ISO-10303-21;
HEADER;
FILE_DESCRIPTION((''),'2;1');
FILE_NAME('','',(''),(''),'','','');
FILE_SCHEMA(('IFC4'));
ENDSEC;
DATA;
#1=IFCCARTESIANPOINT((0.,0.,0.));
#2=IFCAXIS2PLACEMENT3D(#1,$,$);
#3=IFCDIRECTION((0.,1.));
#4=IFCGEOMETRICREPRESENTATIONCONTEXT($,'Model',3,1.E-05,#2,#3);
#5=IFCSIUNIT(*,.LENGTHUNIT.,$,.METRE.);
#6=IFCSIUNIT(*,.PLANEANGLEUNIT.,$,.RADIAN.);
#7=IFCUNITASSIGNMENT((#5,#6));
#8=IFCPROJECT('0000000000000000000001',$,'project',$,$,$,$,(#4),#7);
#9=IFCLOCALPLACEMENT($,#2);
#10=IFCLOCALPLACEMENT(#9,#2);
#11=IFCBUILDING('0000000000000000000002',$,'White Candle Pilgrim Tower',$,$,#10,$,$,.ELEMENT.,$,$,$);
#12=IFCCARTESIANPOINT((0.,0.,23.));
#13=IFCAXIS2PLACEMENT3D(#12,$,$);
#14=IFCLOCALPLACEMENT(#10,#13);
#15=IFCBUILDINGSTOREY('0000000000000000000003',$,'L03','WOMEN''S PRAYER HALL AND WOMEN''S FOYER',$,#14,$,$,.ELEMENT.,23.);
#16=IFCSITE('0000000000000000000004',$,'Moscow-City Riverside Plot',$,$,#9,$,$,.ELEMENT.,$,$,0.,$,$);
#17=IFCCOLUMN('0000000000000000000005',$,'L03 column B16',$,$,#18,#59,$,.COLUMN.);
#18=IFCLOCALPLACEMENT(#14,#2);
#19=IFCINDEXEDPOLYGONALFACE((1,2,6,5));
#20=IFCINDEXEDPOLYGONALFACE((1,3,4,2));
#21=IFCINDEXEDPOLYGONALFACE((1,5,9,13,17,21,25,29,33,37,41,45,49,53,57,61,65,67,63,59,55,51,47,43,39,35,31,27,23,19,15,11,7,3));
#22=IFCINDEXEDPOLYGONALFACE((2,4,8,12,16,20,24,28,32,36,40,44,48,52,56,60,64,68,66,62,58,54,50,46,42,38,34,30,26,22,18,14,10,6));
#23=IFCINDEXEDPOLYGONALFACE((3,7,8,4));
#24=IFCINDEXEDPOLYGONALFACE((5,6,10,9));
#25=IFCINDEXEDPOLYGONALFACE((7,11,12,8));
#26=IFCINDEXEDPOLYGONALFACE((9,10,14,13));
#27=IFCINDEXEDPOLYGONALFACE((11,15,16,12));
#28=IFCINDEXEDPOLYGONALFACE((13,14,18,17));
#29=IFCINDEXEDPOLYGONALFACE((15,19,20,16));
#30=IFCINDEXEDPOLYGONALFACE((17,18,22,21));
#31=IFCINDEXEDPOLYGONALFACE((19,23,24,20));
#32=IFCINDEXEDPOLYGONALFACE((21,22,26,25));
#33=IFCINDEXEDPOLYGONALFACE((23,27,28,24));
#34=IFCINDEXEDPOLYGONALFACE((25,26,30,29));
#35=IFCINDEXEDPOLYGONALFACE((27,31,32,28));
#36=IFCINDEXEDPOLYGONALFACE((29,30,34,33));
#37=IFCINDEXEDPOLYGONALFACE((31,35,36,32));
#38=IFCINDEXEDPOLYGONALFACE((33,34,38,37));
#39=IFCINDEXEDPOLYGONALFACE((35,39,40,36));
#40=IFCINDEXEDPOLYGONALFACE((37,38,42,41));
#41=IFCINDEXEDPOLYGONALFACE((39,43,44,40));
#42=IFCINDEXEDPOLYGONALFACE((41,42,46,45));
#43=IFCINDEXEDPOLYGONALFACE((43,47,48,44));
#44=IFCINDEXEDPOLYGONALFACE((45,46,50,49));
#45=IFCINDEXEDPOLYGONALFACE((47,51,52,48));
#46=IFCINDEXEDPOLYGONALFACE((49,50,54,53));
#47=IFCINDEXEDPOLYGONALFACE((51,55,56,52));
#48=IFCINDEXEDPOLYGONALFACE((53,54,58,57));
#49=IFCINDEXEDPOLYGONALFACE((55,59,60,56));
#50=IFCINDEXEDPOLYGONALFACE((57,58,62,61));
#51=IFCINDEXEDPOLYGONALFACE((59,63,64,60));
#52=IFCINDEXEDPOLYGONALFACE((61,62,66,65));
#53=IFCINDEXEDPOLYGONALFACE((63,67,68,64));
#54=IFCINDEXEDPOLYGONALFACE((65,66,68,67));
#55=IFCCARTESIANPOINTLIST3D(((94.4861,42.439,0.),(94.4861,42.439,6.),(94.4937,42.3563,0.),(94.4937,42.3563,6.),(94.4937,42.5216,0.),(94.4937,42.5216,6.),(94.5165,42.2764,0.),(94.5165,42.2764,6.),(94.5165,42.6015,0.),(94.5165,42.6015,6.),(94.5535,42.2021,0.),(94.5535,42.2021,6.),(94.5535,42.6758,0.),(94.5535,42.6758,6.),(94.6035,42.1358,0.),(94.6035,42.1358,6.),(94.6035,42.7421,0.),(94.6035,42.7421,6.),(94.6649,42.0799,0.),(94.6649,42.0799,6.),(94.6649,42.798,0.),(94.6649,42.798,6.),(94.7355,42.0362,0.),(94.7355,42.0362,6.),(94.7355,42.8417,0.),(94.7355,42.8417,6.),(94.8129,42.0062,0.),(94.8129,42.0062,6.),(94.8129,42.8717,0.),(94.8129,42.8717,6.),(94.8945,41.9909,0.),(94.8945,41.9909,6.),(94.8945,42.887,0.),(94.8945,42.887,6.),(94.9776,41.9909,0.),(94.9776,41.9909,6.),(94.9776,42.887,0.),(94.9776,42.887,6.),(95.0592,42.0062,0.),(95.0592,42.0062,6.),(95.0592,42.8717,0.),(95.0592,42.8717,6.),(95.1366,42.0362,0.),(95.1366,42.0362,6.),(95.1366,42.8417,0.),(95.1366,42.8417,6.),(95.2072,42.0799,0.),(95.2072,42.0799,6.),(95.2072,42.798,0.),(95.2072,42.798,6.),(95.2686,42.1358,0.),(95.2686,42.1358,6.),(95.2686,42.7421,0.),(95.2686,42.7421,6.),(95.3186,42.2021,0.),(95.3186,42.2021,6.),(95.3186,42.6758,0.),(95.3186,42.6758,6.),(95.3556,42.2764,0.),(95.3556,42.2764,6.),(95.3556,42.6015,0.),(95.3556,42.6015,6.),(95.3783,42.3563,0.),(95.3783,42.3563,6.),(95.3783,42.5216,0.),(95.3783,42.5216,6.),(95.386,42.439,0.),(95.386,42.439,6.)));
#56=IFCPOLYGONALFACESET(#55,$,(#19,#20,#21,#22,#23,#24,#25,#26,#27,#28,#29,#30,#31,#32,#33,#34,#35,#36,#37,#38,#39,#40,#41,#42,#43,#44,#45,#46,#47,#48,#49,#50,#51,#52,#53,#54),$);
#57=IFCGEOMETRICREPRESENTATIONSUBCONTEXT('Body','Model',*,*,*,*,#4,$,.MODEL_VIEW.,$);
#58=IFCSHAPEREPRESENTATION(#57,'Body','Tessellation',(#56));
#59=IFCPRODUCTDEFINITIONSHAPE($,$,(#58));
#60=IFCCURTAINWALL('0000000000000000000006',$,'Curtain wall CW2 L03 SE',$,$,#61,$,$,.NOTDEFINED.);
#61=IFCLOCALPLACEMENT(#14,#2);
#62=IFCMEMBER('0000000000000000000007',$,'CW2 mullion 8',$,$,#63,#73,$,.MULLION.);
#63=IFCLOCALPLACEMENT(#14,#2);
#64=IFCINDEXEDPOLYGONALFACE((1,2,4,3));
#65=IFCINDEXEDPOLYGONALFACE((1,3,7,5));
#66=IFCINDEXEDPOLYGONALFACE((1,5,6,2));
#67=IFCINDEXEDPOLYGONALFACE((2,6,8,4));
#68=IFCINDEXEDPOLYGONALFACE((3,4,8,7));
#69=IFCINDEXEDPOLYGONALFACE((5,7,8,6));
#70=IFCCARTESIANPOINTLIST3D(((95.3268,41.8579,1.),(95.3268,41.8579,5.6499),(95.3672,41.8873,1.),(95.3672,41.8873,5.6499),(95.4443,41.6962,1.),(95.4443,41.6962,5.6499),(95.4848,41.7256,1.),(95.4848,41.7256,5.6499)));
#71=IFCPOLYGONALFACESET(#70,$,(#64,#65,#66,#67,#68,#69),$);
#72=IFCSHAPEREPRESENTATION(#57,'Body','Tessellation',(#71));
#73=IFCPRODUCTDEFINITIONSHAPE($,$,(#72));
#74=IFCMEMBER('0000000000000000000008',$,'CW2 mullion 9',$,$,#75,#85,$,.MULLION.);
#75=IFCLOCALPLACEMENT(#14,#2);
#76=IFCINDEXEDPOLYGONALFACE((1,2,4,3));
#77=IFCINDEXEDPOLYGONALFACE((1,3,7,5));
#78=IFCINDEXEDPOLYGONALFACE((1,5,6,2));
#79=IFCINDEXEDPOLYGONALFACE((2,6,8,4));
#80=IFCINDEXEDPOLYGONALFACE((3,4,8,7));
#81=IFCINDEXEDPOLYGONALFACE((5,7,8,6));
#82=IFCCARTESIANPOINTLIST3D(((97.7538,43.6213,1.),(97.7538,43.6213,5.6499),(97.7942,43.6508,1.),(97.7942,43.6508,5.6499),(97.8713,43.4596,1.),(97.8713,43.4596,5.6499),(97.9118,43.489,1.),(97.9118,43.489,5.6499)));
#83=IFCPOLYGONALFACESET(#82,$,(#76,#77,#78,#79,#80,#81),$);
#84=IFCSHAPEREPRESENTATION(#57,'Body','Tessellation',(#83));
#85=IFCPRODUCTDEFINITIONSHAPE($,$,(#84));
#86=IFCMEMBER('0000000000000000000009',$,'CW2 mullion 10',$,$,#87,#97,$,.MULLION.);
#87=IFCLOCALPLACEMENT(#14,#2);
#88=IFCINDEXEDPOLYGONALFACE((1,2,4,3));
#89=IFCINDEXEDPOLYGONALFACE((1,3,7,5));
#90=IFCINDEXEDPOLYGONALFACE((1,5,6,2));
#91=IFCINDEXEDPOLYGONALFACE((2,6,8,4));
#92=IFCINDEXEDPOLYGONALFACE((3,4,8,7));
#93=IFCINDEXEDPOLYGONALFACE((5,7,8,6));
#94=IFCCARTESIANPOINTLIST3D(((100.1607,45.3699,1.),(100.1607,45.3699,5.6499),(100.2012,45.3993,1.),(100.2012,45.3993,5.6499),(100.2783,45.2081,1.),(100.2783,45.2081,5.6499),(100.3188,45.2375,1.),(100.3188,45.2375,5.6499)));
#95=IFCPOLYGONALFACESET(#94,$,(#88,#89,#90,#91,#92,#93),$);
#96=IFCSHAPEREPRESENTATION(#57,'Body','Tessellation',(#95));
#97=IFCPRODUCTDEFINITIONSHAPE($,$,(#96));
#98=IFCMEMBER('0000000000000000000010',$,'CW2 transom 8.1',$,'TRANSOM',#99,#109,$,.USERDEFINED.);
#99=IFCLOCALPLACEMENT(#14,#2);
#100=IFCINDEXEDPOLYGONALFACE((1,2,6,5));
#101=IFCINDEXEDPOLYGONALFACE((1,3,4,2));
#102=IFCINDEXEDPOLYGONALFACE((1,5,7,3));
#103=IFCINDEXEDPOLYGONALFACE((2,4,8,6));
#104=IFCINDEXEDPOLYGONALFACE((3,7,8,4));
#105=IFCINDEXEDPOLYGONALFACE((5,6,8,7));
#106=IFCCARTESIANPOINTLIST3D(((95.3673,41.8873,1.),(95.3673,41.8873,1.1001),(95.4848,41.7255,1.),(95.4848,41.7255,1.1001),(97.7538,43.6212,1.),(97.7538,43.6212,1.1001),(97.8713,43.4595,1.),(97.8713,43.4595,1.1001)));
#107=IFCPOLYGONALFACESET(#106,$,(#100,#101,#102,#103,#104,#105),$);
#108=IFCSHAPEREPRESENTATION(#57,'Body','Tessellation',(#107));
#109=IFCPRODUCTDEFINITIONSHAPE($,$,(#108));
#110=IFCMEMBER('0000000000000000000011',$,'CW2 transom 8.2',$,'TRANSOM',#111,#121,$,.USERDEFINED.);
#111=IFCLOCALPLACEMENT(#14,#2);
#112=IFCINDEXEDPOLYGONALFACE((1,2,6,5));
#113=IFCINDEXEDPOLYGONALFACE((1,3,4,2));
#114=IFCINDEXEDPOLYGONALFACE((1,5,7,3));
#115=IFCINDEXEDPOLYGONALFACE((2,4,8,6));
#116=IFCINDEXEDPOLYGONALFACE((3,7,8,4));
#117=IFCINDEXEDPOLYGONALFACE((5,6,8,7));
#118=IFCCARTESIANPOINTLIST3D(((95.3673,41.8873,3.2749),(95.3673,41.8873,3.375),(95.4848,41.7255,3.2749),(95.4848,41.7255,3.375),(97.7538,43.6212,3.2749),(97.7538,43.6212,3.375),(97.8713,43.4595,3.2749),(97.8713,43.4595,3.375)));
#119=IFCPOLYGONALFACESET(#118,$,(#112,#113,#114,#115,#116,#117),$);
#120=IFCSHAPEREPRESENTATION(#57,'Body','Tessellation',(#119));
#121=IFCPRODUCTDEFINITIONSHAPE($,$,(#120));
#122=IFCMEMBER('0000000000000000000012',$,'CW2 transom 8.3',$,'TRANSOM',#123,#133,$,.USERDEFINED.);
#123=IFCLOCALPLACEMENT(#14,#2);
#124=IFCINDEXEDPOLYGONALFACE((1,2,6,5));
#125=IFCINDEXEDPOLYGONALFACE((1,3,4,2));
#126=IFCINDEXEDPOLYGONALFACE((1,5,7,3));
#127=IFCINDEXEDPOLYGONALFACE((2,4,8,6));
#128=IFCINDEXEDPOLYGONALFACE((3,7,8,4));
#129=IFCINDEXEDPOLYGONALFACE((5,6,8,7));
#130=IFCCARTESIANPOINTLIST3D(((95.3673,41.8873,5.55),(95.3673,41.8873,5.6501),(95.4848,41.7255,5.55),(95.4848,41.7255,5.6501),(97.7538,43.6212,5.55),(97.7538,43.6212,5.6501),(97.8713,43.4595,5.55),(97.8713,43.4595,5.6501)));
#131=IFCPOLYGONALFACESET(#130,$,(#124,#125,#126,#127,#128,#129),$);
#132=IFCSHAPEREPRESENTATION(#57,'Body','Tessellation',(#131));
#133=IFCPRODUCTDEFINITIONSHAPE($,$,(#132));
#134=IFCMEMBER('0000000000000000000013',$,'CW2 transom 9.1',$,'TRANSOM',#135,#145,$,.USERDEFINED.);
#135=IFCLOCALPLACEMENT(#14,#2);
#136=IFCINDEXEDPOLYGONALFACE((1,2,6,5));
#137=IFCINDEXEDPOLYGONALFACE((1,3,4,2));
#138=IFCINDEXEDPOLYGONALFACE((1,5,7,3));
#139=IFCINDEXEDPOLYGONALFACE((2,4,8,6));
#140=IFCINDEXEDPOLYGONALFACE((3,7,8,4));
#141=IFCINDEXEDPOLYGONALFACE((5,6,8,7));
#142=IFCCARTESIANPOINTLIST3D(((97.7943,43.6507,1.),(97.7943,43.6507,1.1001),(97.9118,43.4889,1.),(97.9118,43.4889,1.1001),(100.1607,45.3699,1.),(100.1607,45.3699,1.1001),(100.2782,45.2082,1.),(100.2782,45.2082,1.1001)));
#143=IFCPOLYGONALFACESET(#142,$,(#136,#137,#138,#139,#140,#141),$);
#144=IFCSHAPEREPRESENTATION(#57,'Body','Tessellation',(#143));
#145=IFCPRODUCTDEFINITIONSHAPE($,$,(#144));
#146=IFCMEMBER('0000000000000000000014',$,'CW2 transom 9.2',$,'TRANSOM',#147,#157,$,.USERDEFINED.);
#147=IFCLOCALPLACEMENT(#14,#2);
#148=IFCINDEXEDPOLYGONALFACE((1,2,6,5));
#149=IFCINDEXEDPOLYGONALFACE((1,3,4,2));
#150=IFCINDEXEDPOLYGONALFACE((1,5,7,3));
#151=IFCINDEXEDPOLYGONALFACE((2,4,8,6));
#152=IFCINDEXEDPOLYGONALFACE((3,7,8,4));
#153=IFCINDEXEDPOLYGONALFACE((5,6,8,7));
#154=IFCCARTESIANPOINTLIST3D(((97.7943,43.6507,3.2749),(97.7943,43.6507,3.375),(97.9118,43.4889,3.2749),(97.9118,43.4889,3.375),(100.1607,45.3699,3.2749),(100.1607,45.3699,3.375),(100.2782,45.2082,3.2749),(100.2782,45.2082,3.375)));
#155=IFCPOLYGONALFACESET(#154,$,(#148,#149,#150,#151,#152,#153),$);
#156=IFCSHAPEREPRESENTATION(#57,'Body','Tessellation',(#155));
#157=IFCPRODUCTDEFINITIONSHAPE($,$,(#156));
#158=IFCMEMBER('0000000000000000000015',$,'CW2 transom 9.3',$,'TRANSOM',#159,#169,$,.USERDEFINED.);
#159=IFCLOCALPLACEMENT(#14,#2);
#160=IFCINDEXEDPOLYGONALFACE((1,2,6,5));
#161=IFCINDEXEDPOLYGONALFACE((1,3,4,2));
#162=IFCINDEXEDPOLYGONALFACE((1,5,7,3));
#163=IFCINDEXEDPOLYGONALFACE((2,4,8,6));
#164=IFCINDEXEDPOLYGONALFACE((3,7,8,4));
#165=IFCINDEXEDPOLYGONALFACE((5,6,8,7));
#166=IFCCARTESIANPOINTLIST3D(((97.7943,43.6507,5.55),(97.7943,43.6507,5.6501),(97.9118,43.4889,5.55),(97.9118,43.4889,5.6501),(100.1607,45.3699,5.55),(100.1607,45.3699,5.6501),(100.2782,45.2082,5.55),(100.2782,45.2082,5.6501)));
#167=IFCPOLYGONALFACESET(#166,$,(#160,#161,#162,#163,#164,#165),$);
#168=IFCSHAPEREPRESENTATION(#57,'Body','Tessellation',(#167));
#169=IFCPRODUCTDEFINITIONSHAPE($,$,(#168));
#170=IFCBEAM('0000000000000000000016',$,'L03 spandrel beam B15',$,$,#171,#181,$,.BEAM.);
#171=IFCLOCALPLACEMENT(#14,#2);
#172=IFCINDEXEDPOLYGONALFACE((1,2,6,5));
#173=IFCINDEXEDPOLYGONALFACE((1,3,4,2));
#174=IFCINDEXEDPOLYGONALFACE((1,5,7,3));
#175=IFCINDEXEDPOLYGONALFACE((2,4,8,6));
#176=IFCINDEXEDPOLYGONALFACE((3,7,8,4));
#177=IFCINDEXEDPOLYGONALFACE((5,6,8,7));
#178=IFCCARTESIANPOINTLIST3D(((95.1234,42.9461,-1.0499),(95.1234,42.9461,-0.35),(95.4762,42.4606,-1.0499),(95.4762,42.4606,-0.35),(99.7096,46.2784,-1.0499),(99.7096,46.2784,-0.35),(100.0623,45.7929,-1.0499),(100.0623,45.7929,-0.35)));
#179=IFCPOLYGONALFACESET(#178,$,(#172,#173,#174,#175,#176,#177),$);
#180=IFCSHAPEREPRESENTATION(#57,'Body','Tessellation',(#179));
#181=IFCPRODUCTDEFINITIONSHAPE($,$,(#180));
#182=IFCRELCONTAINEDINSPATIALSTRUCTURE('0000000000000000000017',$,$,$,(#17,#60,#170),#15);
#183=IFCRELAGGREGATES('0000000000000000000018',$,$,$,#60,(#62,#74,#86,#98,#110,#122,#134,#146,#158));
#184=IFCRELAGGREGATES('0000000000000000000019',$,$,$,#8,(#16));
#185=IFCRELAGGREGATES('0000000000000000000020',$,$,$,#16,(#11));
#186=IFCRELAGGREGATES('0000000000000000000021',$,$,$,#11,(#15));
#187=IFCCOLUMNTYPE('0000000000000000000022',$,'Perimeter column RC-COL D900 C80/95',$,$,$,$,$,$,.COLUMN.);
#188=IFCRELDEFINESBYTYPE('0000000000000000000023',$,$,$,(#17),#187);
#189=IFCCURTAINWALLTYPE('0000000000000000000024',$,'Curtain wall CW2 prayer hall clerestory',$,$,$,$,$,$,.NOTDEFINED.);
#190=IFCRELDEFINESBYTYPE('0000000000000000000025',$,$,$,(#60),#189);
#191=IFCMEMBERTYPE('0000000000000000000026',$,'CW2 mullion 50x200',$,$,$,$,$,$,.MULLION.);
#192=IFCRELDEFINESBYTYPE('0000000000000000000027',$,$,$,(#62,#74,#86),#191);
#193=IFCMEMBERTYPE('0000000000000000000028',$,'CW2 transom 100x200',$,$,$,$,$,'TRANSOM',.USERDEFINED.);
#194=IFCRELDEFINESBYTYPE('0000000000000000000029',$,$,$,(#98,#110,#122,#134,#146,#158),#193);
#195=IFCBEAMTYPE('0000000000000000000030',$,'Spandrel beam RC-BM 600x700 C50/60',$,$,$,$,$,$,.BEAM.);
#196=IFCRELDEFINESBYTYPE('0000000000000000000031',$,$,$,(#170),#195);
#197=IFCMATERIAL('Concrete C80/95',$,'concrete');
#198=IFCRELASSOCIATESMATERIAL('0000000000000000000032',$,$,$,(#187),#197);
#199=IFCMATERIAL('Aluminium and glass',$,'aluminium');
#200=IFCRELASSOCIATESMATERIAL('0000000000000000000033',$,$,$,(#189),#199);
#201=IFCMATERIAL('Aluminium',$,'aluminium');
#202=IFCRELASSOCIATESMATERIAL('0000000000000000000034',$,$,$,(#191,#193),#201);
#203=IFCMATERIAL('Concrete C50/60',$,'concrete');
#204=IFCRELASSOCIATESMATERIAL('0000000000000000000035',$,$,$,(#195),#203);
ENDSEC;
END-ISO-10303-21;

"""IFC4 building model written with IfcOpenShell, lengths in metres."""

from ifc_helpers import new_model, si_unit, direction, frame, origin, origin_2d, place, context, subcontext, project, spatial, rectangle, circle, extrude, material, material_profile, profile_set, type_object, element, aggregate, save


model = new_model("IFC4")

# Units and contexts
model_context = context("Model", 3, precision=1e-05, world=origin(), true_north=direction((0.0, 1.0)))
body_context = subcontext(model_context, "Body", "Model", "MODEL_VIEW")
ifc_project = project(units=[si_unit("LENGTHUNIT", "METRE"), si_unit("PLANEANGLEUNIT", "RADIAN")], contexts=[model_context])

# Site, building, storey
site_placement = place(None, origin())
site = spatial("IfcSite", under=ifc_project, at=site_placement, Name="Moscow-City Riverside Plot", CompositionType="ELEMENT", RefElevation=0.0)
building_placement = place(site_placement, origin())
building = spatial("IfcBuilding", under=site, at=building_placement, Name="White Candle Pilgrim Tower", CompositionType="ELEMENT")
storey_placement = place(building_placement, frame((0.0, 0.0, 23.0)))
storey = spatial("IfcBuildingStorey", under=building, at=storey_placement, Name="L03", Description="WOMEN'S PRAYER HALL AND WOMEN'S FOYER", CompositionType="ELEMENT", Elevation=23.0)

# Column
ifc_material_1 = material(Name="Concrete C80/95", Category="concrete")
ifc_material_profile_1 = material_profile(ifc_material_1, circle(Radius=0.45, at=origin_2d()), Name="RC-COL D900")
ifc_profile_set_1 = profile_set([ifc_material_profile_1], Name="Concrete C80/95")
column_type = type_object("IfcColumnType", Name="Perimeter column RC-COL D900 C80/95", PredefinedType="COLUMN", material=ifc_profile_set_1)
column_placement = place(storey_placement, frame((94.936, 42.439, 0.0), z_axis=(0.0, 0.0, 1.0), x_axis=(1.0, 0.0, 0.0)))
element("IfcColumn", 1, at=column_placement, inside=storey, type_object=column_type, Name="L03 column B16", PredefinedType="COLUMN", context=body_context, shape_type="SweptSolid", body=[
    extrude(circle(Radius=0.45, at=origin_2d()), origin(), (0.0, 0.0, 1.0), 6.0),
])

# Curtain wall, members
ifc_material_2 = material(Name="Aluminium and glass", Category="aluminium")
curtain_wall_type = type_object("IfcCurtainWallType", Name="Curtain wall CW2 prayer hall clerestory", PredefinedType="NOTDEFINED", material=ifc_material_2)
curtain_wall_placement = place(storey_placement, origin())
curtain_wall = element("IfcCurtainWall", 2, at=curtain_wall_placement, inside=storey, type_object=curtain_wall_type, Name="Curtain wall CW2 L03 SE", PredefinedType="NOTDEFINED")
ifc_material_3 = material(Name="Aluminium", Category="aluminium")
ifc_material_profile_2 = material_profile(ifc_material_3, rectangle(XDim=0.2, YDim=0.05, at=origin_2d()), Name="CW2 mullion 50x200")
ifc_profile_set_2 = profile_set([ifc_material_profile_2], Name="Aluminium")
member_type_1 = type_object("IfcMemberType", Name="CW2 mullion 50x200", PredefinedType="MULLION", material=ifc_profile_set_2)
member_1_placement = place(storey_placement, frame((95.4058, 41.7917, 1.0), z_axis=(0.0, 0.0, 1.0), x_axis=(-0.587785, 0.809017, 0.0)))
member_1 = element("IfcMember", 3, at=member_1_placement, type_object=member_type_1, Name="CW2 mullion 8", PredefinedType="MULLION", context=body_context, shape_type="SweptSolid", body=[
    extrude(rectangle(XDim=0.2, YDim=0.05, at=origin_2d()), origin(), (0.0, 0.0, 1.0), 4.6499),
])
member_2_placement = place(storey_placement, frame((97.8328, 43.5552, 1.0), z_axis=(0.0, 0.0, 1.0), x_axis=(-0.587785, 0.809017, 0.0)))
member_2 = element("IfcMember", 4, at=member_2_placement, type_object=member_type_1, Name="CW2 mullion 9", PredefinedType="MULLION", context=body_context, shape_type="SweptSolid", body=[
    extrude(rectangle(XDim=0.2, YDim=0.05, at=origin_2d()), origin(), (0.0, 0.0, 1.0), 4.6499),
])
member_3_placement = place(storey_placement, frame((100.2397, 45.3037, 1.0), z_axis=(0.0, 0.0, 1.0), x_axis=(-0.587785, 0.809017, 0.0)))
member_3 = element("IfcMember", 5, at=member_3_placement, type_object=member_type_1, Name="CW2 mullion 10", PredefinedType="MULLION", context=body_context, shape_type="SweptSolid", body=[
    extrude(rectangle(XDim=0.2, YDim=0.05, at=origin_2d()), origin(), (0.0, 0.0, 1.0), 4.6499),
])
ifc_material_profile_3 = material_profile(ifc_material_3, rectangle(XDim=0.2, YDim=0.1001, at=origin_2d()), Name="CW2 transom 100x200")
ifc_profile_set_3 = profile_set([ifc_material_profile_3], Name="Aluminium")
member_type_2 = type_object("IfcMemberType", Name="CW2 transom 100x200", ElementType="TRANSOM", PredefinedType="USERDEFINED", material=ifc_profile_set_3)
member_4_placement = place(storey_placement, frame((95.426, 41.8064, 1.05), z_axis=(0.809015, 0.587788, 0.0), x_axis=(-0.587788, 0.809015, 0.0)))
member_4 = element("IfcMember", 6, at=member_4_placement, type_object=member_type_2, Name="CW2 transom 8.1", ObjectType="TRANSOM", PredefinedType="USERDEFINED", context=body_context, shape_type="SweptSolid", body=[
    extrude(rectangle(XDim=0.2, YDim=0.1001, at=origin_2d()), origin(), (0.0, 0.0, 1.0), 2.95),
])
member_5_placement = place(storey_placement, frame((95.426, 41.8064, 3.325), z_axis=(0.809015, 0.587788, 0.0), x_axis=(-0.587788, 0.809015, 0.0)))
member_5 = element("IfcMember", 7, at=member_5_placement, type_object=member_type_2, Name="CW2 transom 8.2", ObjectType="TRANSOM", PredefinedType="USERDEFINED", context=body_context, shape_type="SweptSolid", body=[
    extrude(rectangle(XDim=0.2, YDim=0.1001, at=origin_2d()), origin(), (0.0, 0.0, 1.0), 2.95),
])
member_6_placement = place(storey_placement, frame((95.426, 41.8064, 5.6001), z_axis=(0.809015, 0.587788, 0.0), x_axis=(-0.587788, 0.809015, 0.0)))
member_6 = element("IfcMember", 8, at=member_6_placement, type_object=member_type_2, Name="CW2 transom 8.3", ObjectType="TRANSOM", PredefinedType="USERDEFINED", context=body_context, shape_type="SweptSolid", body=[
    extrude(rectangle(XDim=0.2, YDim=0.1001, at=origin_2d()), origin(), (0.0, 0.0, 1.0), 2.95),
])
member_7_placement = place(storey_placement, frame((97.853, 43.5698, 1.05), z_axis=(0.809032, 0.587765, 0.0), x_axis=(-0.587765, 0.809032, 0.0)))
member_7 = element("IfcMember", 9, at=member_7_placement, type_object=member_type_2, Name="CW2 transom 9.1", ObjectType="TRANSOM", PredefinedType="USERDEFINED", context=body_context, shape_type="SweptSolid", body=[
    extrude(rectangle(XDim=0.2, YDim=0.1001, at=origin_2d()), origin(), (0.0, 0.0, 1.0), 2.925),
])
member_8_placement = place(storey_placement, frame((97.853, 43.5698, 3.325), z_axis=(0.809032, 0.587765, 0.0), x_axis=(-0.587765, 0.809032, 0.0)))
member_8 = element("IfcMember", 10, at=member_8_placement, type_object=member_type_2, Name="CW2 transom 9.2", ObjectType="TRANSOM", PredefinedType="USERDEFINED", context=body_context, shape_type="SweptSolid", body=[
    extrude(rectangle(XDim=0.2, YDim=0.1001, at=origin_2d()), origin(), (0.0, 0.0, 1.0), 2.925),
])
member_9_placement = place(storey_placement, frame((97.853, 43.5698, 5.6001), z_axis=(0.809032, 0.587765, 0.0), x_axis=(-0.587765, 0.809032, 0.0)))
member_9 = element("IfcMember", 11, at=member_9_placement, type_object=member_type_2, Name="CW2 transom 9.3", ObjectType="TRANSOM", PredefinedType="USERDEFINED", context=body_context, shape_type="SweptSolid", body=[
    extrude(rectangle(XDim=0.2, YDim=0.1001, at=origin_2d()), origin(), (0.0, 0.0, 1.0), 2.925),
])

# Beam
ifc_material_4 = material(Name="Concrete C50/60", Category="concrete")
ifc_material_profile_4 = material_profile(ifc_material_4, rectangle(XDim=0.6001, YDim=0.7, at=origin_2d()), Name="RC-BM 600x700")
ifc_profile_set_4 = profile_set([ifc_material_profile_4], Name="Concrete C50/60")
beam_type = type_object("IfcBeamType", Name="Spandrel beam RC-BM 600x700 C50/60", PredefinedType="BEAM", material=ifc_profile_set_4)
beam_placement = place(storey_placement, frame((95.2998, 42.7034, -0.7), z_axis=(0.808999, 0.587811, 0.0), x_axis=(-0.587811, 0.808999, 0.0)))
element("IfcBeam", 12, at=beam_placement, inside=storey, type_object=beam_type, Name="L03 spandrel beam B15", PredefinedType="BEAM", context=body_context, shape_type="SweptSolid", body=[
    extrude(rectangle(XDim=0.6001, YDim=0.7, at=origin_2d()), origin(), (0.0, 0.0, 1.0), 5.6689),
])

aggregate(curtain_wall, [member_1, member_2, member_3, member_4, member_5, member_6, member_7, member_8, member_9])

save(model, "model.ifc")
